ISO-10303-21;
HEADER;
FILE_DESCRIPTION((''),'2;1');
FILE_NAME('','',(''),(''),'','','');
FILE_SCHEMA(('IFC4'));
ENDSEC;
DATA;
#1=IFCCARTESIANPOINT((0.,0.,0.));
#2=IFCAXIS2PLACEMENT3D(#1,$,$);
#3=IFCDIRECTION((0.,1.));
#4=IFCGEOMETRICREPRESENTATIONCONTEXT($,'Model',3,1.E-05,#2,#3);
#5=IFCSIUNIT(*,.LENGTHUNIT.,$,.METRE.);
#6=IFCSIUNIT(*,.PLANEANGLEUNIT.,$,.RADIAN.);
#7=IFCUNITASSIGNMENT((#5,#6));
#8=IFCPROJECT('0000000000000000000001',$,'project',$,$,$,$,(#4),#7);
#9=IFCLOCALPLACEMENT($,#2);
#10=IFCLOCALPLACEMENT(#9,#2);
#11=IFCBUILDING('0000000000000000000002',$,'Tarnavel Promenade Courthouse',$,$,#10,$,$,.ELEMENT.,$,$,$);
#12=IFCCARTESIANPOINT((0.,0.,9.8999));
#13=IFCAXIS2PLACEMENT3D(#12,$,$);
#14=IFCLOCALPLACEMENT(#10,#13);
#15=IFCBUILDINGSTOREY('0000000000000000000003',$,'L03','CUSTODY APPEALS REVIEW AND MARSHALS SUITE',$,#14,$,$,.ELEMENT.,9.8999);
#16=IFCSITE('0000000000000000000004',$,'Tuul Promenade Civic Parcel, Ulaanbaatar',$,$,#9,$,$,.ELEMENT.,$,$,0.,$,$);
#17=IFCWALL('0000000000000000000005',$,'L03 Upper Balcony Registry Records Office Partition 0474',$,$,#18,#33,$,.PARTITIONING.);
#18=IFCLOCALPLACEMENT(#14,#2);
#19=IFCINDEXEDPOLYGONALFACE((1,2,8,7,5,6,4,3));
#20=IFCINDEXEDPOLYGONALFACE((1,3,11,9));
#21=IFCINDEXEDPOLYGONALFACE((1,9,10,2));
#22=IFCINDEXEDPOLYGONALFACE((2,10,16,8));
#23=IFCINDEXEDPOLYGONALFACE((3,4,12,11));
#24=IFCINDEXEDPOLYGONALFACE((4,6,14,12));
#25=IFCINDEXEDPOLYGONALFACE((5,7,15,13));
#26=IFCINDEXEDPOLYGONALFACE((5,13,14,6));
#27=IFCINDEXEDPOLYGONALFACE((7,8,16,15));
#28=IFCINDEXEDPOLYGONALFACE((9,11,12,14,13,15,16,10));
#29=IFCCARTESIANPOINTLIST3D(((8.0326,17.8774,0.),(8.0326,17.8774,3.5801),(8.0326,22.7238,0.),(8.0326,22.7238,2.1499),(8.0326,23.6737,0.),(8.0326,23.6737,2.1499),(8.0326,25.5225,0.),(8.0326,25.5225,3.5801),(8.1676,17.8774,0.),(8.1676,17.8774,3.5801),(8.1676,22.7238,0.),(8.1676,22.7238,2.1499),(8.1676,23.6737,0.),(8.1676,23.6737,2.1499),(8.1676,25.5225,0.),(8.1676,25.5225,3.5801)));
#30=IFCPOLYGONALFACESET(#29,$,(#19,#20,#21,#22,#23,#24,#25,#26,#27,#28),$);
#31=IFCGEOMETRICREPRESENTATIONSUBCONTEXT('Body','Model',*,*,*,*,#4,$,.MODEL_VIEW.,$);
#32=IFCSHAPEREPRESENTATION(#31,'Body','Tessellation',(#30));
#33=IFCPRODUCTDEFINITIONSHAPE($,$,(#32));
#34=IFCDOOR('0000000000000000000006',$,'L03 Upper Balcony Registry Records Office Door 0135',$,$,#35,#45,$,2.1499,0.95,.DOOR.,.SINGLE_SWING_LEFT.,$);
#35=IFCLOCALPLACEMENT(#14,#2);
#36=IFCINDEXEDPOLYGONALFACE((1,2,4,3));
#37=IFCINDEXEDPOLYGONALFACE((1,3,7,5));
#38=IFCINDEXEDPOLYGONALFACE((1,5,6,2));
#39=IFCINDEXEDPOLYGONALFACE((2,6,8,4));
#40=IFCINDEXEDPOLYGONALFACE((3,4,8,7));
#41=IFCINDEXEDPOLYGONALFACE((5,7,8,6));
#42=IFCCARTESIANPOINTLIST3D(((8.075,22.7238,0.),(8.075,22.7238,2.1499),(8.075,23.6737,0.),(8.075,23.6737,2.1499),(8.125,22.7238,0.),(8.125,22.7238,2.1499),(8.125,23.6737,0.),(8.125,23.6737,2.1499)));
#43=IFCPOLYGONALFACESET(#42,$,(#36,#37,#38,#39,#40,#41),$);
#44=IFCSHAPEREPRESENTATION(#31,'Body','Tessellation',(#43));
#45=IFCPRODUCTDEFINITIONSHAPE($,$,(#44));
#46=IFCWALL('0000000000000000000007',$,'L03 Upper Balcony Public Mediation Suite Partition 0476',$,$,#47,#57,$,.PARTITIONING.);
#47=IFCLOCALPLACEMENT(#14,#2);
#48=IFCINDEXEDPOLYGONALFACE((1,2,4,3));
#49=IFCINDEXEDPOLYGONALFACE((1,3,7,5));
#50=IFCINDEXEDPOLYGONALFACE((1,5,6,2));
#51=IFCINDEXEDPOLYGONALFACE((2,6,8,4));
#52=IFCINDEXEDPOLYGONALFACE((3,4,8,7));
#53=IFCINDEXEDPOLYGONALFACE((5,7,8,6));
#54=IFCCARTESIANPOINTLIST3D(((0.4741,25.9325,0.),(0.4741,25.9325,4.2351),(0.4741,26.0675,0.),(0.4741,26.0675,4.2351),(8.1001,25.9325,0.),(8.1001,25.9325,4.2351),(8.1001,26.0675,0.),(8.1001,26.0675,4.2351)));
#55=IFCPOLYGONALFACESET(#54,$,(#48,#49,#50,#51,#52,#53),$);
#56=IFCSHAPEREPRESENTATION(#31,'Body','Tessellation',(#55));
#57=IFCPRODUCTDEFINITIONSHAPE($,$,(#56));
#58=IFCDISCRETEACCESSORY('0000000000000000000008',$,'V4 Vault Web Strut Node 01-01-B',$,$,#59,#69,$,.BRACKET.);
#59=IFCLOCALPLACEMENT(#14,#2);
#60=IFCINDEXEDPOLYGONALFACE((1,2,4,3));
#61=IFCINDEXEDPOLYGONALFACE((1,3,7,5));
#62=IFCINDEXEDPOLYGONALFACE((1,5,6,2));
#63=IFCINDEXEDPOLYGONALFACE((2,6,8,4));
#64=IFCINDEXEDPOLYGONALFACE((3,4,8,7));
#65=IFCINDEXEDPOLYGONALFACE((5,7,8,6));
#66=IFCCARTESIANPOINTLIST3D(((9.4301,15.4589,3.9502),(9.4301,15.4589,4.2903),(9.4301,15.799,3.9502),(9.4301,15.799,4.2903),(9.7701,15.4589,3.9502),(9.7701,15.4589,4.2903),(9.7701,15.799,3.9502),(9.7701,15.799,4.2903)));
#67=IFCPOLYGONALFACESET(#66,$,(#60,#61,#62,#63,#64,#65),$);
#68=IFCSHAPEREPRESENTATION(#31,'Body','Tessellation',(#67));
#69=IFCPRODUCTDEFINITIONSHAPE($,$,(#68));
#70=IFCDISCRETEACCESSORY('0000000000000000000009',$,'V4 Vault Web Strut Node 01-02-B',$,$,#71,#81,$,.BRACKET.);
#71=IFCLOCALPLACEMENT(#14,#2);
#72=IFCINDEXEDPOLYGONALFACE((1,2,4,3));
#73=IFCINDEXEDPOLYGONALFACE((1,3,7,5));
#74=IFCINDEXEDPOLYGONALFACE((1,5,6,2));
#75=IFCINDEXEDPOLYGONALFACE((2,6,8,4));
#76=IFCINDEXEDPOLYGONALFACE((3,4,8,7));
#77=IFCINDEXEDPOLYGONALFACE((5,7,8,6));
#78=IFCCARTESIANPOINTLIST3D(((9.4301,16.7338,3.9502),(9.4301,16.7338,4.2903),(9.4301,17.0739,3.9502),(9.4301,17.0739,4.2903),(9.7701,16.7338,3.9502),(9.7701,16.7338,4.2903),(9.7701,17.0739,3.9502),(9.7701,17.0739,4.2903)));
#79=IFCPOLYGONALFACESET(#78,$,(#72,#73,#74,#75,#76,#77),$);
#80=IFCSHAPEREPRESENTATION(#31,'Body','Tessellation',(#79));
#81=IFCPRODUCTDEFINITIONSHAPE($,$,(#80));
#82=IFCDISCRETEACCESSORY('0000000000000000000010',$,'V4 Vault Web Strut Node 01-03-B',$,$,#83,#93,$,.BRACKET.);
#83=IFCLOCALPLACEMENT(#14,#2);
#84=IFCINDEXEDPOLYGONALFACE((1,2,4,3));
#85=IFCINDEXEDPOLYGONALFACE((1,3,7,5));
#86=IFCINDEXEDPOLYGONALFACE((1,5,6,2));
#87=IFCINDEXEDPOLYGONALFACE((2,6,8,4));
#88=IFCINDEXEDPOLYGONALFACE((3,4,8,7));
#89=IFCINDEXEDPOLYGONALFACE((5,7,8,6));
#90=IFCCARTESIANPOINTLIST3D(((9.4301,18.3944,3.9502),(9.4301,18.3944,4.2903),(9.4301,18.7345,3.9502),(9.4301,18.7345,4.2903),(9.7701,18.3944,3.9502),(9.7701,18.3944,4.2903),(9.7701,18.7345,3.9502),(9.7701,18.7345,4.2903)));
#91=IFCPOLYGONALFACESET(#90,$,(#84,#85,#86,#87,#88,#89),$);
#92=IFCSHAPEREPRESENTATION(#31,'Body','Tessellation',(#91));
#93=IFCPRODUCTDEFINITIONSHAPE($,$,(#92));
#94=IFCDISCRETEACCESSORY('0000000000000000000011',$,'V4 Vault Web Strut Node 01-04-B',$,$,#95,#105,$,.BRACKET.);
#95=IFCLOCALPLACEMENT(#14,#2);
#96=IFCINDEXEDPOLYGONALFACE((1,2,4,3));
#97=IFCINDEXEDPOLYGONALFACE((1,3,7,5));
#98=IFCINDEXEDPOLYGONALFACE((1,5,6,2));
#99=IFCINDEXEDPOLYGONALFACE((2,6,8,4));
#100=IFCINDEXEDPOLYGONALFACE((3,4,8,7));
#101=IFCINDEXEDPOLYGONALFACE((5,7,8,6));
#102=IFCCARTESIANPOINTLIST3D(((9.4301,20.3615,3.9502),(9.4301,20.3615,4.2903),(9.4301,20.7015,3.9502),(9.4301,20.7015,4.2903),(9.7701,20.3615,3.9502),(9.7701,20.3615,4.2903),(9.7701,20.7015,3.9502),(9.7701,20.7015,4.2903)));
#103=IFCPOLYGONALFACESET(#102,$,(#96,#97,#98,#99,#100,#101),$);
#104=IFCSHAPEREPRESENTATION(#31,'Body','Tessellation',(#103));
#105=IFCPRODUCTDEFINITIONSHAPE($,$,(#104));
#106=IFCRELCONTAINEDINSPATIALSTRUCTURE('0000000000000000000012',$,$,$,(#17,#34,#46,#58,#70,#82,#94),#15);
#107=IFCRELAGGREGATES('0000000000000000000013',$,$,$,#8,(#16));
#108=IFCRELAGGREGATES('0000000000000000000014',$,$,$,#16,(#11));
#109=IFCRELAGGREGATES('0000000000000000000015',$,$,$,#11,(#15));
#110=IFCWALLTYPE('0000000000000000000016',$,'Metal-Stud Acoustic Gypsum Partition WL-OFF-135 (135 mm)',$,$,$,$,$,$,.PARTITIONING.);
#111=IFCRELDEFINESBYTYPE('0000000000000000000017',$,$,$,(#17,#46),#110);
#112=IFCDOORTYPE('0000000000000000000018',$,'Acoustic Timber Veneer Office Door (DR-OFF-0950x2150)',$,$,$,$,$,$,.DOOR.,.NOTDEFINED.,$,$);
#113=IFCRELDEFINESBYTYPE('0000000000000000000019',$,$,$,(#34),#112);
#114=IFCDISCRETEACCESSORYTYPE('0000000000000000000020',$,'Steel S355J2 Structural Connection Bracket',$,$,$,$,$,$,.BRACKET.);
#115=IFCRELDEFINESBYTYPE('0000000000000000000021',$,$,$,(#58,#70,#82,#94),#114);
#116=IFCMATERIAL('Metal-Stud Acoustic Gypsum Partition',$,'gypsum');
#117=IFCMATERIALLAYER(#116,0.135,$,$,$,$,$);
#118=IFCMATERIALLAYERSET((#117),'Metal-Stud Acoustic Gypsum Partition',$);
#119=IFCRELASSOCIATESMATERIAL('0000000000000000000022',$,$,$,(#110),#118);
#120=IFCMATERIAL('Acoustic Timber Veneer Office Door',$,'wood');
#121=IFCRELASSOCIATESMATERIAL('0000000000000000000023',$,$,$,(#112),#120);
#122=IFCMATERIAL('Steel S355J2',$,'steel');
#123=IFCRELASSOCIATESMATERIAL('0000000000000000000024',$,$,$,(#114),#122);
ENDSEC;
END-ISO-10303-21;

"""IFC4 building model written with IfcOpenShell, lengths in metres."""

from ifc_helpers import new_model, si_unit, direction, frame, frame_2d, origin, origin_2d, place, context, subcontext, project, spatial, rectangle, extrude, material, layer, layer_set, type_object, element, fill, save


model = new_model("IFC4")

# Units and contexts
model_context = context("Model", 3, precision=1e-05, world=origin(), true_north=direction((0.0, 1.0)))
body_context = subcontext(model_context, "Body", "Model", "MODEL_VIEW")
ifc_project = project(units=[si_unit("LENGTHUNIT", "METRE"), si_unit("PLANEANGLEUNIT", "RADIAN")], contexts=[model_context])

# Site, building, storey
site_placement = place(None, origin())
site = spatial("IfcSite", under=ifc_project, at=site_placement, Name="Tuul Promenade Civic Parcel, Ulaanbaatar", CompositionType="ELEMENT", RefElevation=0.0)
building_placement = place(site_placement, origin())
building = spatial("IfcBuilding", under=site, at=building_placement, Name="Tarnavel Promenade Courthouse", CompositionType="ELEMENT")
storey_placement = place(building_placement, frame((0.0, 0.0, 9.8999)))
storey = spatial("IfcBuildingStorey", under=building, at=storey_placement, Name="L03", Description="CUSTODY APPEALS REVIEW AND MARSHALS SUITE", CompositionType="ELEMENT", Elevation=9.8999)

# Shared definitions
ifc_material_1 = material(Name="Steel S355J2", Category="steel")

# Shared definitions
ifc_material_2 = material(Name="Metal-Stud Acoustic Gypsum Partition", Category="gypsum")
ifc_layer_1 = layer(ifc_material_2, 0.135)
ifc_layer_set_1 = layer_set([ifc_layer_1], Name="Metal-Stud Acoustic Gypsum Partition")
wall_type_1 = type_object("IfcWallType", Name="Metal-Stud Acoustic Gypsum Partition WL-OFF-135 (135 mm)", PredefinedType="PARTITIONING", material=ifc_layer_set_1)

# Wall, opening, door
wall_1_placement = place(storey_placement, frame((8.1001, 25.5225, 0.0), z_axis=(0.0, 0.0, 1.0), x_axis=(0.0, -1.0, 0.0)))
wall_1 = element("IfcWall", 1, at=wall_1_placement, inside=storey, type_object=wall_type_1, Name="L03 Upper Balcony Registry Records Office Partition 0474", PredefinedType="PARTITIONING", context=body_context, shape_type="SweptSolid", body=[
    extrude(rectangle(XDim=7.645, YDim=0.135, at=frame_2d((3.8225, 0.0))), origin(), (0.0, 0.0, 1.0), 3.5801),
])
opening_1_placement = place(wall_1_placement, frame((1.8486, 0.0, 0.0)))
opening_1 = element("IfcOpeningElement", 2, at=opening_1_placement, cuts=wall_1, PredefinedType="OPENING", context=body_context, shape_type="SweptSolid", body=[
    extrude(rectangle(XDim=0.95, YDim=2.1499, at=frame_2d((0.4751, 1.075))), frame((0.0, 0.0774, 0.0), z_axis=(0.0, -1.0, 0.0), x_axis=(1.0, 0.0, 0.0)), (0.0, 0.0, 1.0), 0.155),
])
ifc_material_3 = material(Name="Acoustic Timber Veneer Office Door", Category="wood")
door_type_1 = type_object("IfcDoorType", Name="Acoustic Timber Veneer Office Door (DR-OFF-0950x2150)", OperationType="NOTDEFINED", PredefinedType="DOOR", material=ifc_material_3)
door_1_placement = place(opening_1_placement, origin())
door_1 = element("IfcDoor", 3, at=door_1_placement, inside=storey, type_object=door_type_1, Name="L03 Upper Balcony Registry Records Office Door 0135", OperationType="SINGLE_SWING_LEFT", OverallHeight=2.1499, OverallWidth=0.95, PredefinedType="DOOR", context=body_context, shape_type="SweptSolid", body=[
    extrude(rectangle(XDim=0.95, YDim=2.1499, at=frame_2d((0.4751, 1.075))), frame((0.0, 0.0249, 0.0), z_axis=(0.0, -1.0, 0.0), x_axis=(1.0, 0.0, 0.0)), (0.0, 0.0, 1.0), 0.05),
])
fill(opening_1, door_1)

# Wall
wall_2_placement = place(storey_placement, frame((8.1001, 26.0, 0.0), z_axis=(0.0, 0.0, 1.0), x_axis=(-1.0, 0.0, 0.0)))
element("IfcWall", 4, at=wall_2_placement, inside=storey, type_object=wall_type_1, Name="L03 Upper Balcony Public Mediation Suite Partition 0476", PredefinedType="PARTITIONING", context=body_context, shape_type="SweptSolid", body=[
    extrude(rectangle(XDim=7.626, YDim=0.135, at=frame_2d((3.813, 0.0))), origin(), (0.0, 0.0, 1.0), 4.2351),
])

# Discrete accessories
discrete_accessory_type = type_object("IfcDiscreteAccessoryType", Name="Steel S355J2 Structural Connection Bracket", PredefinedType="BRACKET", material=ifc_material_1)
for number, where, z_axis, x_axis, name in (
    (5, (9.6001, 15.6289, 3.9502), (0.0, 0.0, 1.0), (1.0, 0.0, 0.0), "V4 Vault Web Strut Node 01-01-B"),
    (6, (9.6001, 16.9038, 3.9502), (0.0, 0.0, 1.0), (1.0, 0.0, 0.0), "V4 Vault Web Strut Node 01-02-B"),
    (7, (9.6001, 18.5645, 3.9502), (0.0, 0.0, 1.0), (1.0, 0.0, 0.0), "V4 Vault Web Strut Node 01-03-B"),
    (8, (9.6001, 20.5315, 3.9502), (0.0, 0.0, 1.0), (1.0, 0.0, 0.0), "V4 Vault Web Strut Node 01-04-B"),
):
    element("IfcDiscreteAccessory", number, at=place(storey_placement, frame(where, z_axis=z_axis, x_axis=x_axis)), inside=storey, type_object=discrete_accessory_type, Name=name, PredefinedType="BRACKET", context=body_context, shape_type="SweptSolid", body=[
        extrude(rectangle(XDim=0.3401, YDim=0.3401, at=origin_2d()), origin(), (0.0, 0.0, 1.0), 0.3401),
    ])

save(model, "model.ifc")
